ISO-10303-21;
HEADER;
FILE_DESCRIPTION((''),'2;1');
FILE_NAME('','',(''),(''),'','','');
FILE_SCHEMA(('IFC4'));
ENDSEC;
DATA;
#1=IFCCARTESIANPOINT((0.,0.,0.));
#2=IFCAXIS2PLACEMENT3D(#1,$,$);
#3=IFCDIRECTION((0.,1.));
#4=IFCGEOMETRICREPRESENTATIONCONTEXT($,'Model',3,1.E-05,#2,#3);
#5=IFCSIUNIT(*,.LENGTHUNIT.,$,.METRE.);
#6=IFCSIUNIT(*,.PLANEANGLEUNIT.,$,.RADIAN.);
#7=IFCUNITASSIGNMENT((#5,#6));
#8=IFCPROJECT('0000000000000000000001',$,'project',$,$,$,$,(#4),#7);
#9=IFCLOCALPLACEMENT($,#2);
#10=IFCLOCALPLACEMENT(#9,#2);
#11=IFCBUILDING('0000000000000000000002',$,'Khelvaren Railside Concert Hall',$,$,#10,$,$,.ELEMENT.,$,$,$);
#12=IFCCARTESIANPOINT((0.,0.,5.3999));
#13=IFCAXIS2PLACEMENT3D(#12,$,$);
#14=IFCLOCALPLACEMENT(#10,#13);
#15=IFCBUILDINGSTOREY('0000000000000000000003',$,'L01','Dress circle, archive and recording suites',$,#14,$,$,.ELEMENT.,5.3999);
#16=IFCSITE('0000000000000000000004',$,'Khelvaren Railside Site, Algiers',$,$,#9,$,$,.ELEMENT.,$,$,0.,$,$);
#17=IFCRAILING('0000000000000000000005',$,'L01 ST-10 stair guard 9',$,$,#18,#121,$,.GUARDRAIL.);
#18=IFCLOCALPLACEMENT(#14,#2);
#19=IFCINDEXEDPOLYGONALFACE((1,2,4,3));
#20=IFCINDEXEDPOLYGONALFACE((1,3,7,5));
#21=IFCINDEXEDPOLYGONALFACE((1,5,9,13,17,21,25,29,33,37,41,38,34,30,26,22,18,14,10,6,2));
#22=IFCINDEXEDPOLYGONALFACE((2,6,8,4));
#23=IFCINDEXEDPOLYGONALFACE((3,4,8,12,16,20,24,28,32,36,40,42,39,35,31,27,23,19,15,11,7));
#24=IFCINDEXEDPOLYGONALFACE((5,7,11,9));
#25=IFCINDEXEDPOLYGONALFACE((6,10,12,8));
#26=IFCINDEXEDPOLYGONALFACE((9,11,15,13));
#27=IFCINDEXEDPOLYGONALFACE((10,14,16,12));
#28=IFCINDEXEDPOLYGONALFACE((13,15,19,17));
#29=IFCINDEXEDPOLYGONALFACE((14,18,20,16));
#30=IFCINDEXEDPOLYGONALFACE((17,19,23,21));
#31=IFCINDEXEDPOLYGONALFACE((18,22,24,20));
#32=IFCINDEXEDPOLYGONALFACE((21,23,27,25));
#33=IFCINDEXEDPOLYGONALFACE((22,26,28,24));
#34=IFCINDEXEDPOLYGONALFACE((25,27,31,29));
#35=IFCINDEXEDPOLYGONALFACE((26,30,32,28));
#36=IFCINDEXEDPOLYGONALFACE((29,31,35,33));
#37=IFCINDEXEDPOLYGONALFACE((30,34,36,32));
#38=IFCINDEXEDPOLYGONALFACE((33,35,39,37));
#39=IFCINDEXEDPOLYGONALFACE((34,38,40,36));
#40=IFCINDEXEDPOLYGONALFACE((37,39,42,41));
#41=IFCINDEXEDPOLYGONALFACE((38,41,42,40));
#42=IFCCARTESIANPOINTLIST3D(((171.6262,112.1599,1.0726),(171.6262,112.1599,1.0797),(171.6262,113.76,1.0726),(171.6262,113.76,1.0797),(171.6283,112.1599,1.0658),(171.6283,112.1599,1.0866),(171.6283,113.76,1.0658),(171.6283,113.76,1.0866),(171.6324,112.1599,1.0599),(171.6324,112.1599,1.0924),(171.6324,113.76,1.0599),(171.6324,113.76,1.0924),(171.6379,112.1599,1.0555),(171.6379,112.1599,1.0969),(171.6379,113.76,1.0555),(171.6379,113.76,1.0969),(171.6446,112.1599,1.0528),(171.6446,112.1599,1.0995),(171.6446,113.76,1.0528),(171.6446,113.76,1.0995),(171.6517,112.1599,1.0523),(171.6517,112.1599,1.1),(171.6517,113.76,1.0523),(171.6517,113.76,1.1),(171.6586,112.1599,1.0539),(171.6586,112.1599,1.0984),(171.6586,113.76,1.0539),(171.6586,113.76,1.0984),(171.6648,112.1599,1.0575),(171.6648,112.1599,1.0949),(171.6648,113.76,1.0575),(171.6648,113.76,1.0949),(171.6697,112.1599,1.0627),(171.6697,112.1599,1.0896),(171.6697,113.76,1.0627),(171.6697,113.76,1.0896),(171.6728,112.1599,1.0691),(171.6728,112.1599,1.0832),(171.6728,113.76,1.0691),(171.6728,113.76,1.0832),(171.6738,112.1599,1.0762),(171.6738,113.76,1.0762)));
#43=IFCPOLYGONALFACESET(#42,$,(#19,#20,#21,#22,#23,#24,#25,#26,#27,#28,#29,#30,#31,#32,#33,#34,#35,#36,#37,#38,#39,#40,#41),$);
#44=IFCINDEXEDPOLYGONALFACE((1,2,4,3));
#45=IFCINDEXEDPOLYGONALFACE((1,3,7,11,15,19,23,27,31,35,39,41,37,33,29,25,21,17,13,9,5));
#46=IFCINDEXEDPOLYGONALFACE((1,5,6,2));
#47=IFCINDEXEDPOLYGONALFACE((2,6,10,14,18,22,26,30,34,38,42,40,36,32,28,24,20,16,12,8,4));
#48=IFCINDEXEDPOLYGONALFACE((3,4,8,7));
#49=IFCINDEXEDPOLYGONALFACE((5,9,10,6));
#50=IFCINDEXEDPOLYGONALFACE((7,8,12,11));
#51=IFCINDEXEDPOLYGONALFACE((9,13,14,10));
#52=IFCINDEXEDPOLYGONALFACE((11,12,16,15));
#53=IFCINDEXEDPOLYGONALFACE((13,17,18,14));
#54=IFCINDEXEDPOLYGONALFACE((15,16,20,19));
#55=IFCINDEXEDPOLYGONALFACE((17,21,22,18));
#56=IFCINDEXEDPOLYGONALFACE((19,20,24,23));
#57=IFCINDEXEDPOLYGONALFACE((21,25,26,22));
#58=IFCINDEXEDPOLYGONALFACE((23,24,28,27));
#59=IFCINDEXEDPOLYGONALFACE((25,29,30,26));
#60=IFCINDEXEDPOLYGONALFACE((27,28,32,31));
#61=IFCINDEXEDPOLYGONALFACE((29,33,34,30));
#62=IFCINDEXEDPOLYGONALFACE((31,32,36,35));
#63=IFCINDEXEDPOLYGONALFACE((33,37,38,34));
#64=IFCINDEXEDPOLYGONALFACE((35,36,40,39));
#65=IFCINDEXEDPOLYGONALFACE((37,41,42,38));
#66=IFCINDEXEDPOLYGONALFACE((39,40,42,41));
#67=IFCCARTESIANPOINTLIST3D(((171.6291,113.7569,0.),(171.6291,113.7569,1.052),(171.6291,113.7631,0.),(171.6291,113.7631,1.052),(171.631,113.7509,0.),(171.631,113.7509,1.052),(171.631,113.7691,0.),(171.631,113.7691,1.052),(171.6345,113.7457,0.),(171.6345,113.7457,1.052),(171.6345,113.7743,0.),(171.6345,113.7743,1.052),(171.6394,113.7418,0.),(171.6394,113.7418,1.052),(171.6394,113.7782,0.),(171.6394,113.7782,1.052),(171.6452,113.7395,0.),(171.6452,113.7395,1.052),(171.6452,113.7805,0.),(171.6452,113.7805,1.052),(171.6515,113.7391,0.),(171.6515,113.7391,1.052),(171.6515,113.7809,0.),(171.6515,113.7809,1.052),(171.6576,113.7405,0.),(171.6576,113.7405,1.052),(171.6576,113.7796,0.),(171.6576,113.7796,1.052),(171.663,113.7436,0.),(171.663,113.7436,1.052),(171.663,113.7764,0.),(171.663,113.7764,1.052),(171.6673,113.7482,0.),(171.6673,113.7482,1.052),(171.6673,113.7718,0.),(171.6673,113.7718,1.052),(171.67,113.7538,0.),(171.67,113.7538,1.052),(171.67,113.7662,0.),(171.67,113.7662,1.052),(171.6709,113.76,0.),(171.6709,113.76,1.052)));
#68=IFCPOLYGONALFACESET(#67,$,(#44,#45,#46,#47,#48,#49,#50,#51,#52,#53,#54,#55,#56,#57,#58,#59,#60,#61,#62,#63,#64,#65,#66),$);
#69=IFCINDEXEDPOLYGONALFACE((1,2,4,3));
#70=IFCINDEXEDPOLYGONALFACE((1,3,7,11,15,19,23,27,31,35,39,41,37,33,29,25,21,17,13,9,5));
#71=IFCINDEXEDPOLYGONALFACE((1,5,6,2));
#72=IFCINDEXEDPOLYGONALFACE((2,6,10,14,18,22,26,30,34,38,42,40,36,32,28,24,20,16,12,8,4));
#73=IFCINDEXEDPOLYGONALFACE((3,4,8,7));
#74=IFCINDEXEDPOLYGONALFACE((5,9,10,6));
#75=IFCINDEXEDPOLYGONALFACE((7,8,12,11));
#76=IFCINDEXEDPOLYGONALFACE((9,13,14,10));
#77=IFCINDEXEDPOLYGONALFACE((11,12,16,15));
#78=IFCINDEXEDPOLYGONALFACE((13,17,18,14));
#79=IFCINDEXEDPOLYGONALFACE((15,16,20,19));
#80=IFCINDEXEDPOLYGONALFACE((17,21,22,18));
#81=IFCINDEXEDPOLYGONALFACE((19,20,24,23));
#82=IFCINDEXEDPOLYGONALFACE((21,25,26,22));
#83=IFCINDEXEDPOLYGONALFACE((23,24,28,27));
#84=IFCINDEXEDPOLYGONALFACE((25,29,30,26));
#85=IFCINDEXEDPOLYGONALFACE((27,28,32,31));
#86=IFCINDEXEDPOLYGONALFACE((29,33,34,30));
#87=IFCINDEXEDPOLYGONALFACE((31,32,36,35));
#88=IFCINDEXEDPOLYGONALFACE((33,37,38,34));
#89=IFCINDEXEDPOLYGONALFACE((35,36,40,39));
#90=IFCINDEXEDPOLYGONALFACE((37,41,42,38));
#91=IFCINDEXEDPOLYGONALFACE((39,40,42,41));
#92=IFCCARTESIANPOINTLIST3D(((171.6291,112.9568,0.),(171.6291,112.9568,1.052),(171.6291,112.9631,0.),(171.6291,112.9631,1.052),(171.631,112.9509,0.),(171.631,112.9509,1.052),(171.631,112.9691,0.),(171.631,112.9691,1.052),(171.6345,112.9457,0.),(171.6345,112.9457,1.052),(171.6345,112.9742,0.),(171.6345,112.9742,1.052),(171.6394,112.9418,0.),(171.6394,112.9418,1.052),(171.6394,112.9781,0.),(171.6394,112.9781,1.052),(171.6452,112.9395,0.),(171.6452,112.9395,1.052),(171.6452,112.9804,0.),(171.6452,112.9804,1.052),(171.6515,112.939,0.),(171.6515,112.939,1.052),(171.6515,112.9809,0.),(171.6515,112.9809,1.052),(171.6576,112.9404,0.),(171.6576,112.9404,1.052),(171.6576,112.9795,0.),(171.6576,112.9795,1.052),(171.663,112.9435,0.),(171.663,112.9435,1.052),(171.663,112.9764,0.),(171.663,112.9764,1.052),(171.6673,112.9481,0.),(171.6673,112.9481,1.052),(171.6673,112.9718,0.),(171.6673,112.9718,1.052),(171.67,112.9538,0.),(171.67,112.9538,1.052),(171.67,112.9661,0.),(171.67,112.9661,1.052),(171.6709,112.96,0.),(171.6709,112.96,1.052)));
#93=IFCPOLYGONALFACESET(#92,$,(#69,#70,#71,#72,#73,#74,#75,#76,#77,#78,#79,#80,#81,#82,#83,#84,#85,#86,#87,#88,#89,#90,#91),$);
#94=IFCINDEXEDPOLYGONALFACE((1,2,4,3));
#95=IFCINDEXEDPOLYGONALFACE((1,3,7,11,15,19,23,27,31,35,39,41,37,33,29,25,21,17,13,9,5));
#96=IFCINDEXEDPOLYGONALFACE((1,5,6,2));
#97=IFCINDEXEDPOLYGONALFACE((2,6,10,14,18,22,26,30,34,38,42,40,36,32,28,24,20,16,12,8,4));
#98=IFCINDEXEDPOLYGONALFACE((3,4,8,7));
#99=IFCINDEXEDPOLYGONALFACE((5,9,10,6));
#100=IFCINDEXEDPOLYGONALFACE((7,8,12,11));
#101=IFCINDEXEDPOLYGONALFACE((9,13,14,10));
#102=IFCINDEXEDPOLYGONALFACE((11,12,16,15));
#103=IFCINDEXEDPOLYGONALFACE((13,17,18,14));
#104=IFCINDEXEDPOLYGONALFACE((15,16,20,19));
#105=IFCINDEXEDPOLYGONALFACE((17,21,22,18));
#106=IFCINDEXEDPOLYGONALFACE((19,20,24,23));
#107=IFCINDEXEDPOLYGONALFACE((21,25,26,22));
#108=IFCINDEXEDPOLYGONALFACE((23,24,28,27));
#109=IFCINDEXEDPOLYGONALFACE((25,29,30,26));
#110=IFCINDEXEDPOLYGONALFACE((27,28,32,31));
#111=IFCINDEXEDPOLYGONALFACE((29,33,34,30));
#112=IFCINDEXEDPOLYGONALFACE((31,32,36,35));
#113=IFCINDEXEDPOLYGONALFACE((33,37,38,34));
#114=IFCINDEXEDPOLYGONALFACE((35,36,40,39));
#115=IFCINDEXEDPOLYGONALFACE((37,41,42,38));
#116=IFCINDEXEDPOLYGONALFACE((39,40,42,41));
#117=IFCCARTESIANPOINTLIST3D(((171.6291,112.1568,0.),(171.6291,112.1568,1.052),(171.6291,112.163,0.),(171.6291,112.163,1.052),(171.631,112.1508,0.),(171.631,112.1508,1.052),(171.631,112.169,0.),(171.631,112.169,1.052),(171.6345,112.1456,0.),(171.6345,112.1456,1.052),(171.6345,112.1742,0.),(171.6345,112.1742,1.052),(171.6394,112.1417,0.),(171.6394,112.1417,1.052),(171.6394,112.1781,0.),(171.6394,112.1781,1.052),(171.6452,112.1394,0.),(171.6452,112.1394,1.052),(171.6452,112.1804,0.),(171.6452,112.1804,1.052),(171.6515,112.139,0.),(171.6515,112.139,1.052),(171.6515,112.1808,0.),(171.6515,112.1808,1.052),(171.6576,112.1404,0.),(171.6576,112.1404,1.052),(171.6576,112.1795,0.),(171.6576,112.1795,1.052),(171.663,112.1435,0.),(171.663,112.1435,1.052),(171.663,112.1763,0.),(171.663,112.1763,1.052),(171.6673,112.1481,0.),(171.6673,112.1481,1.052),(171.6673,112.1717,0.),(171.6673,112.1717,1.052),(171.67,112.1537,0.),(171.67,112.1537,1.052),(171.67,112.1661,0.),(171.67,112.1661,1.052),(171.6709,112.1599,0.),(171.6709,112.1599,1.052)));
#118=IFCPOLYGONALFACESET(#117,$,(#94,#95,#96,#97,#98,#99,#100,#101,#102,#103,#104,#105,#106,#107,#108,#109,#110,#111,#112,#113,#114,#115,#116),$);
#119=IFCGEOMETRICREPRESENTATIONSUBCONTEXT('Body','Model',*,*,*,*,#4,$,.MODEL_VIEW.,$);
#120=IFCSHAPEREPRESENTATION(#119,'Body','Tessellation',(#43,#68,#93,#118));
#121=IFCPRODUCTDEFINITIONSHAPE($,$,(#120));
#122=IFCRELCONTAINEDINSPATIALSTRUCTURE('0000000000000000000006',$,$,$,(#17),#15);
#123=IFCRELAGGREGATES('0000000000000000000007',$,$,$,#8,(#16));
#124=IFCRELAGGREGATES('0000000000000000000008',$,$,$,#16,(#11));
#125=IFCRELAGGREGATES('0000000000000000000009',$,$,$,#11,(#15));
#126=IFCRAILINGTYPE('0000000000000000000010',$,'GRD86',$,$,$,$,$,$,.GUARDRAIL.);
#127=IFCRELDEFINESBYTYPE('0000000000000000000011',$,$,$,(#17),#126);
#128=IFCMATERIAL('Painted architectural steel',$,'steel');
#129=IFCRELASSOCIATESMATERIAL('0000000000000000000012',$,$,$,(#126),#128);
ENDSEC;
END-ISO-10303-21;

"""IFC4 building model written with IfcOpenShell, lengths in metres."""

from ifc_helpers import new_model, si_unit, direction, frame, origin, origin_2d, place, context, subcontext, project, spatial, circle, extrude, material, type_object, element, save


model = new_model("IFC4")

# Units and contexts
model_context = context("Model", 3, precision=1e-05, world=origin(), true_north=direction((0.0, 1.0)))
body_context = subcontext(model_context, "Body", "Model", "MODEL_VIEW")
ifc_project = project(units=[si_unit("LENGTHUNIT", "METRE"), si_unit("PLANEANGLEUNIT", "RADIAN")], contexts=[model_context])

# Site, building, storey
site_placement = place(None, origin())
site = spatial("IfcSite", under=ifc_project, at=site_placement, Name="Khelvaren Railside Site, Algiers", CompositionType="ELEMENT", RefElevation=0.0)
building_placement = place(site_placement, origin())
building = spatial("IfcBuilding", under=site, at=building_placement, Name="Khelvaren Railside Concert Hall", CompositionType="ELEMENT")
storey_placement = place(building_placement, frame((0.0, 0.0, 5.3999)))
storey = spatial("IfcBuildingStorey", under=building, at=storey_placement, Name="L01", Description="Dress circle, archive and recording suites", CompositionType="ELEMENT", Elevation=5.3999)

# Railing
ifc_material_1 = material(Name="Painted architectural steel", Category="steel")
railing_type_1 = type_object("IfcRailingType", Name="GRD86", PredefinedType="GUARDRAIL", material=ifc_material_1)
for number, where, name in (
    (1, (171.6499, 113.76, 0.0), "L01 ST-10 stair guard 9"),
):
    element("IfcRailing", number, at=place(storey_placement, frame(where)), inside=storey, type_object=railing_type_1, Name=name, PredefinedType="GUARDRAIL", context=body_context, shape_type="SweptSolid", body=[
        extrude(circle(Radius=0.0239, at=origin_2d()), frame((0.0, 0.0, 1.0762), z_axis=(0.0, -1.0, 0.0), x_axis=(1.0, 0.0, 0.0)), (0.0, 0.0, 1.0), 1.6001),
        extrude(circle(Radius=0.021, at=origin_2d()), origin(), (0.0, 0.0, 1.0), 1.052),
        extrude(circle(Radius=0.021, at=origin_2d()), frame((0.0, -0.8, 0.0)), (0.0, 0.0, 1.0), 1.052),
        extrude(circle(Radius=0.021, at=origin_2d()), frame((0.0, -1.6001, 0.0)), (0.0, 0.0, 1.0), 1.052),
    ])

save(model, "model.ifc")
